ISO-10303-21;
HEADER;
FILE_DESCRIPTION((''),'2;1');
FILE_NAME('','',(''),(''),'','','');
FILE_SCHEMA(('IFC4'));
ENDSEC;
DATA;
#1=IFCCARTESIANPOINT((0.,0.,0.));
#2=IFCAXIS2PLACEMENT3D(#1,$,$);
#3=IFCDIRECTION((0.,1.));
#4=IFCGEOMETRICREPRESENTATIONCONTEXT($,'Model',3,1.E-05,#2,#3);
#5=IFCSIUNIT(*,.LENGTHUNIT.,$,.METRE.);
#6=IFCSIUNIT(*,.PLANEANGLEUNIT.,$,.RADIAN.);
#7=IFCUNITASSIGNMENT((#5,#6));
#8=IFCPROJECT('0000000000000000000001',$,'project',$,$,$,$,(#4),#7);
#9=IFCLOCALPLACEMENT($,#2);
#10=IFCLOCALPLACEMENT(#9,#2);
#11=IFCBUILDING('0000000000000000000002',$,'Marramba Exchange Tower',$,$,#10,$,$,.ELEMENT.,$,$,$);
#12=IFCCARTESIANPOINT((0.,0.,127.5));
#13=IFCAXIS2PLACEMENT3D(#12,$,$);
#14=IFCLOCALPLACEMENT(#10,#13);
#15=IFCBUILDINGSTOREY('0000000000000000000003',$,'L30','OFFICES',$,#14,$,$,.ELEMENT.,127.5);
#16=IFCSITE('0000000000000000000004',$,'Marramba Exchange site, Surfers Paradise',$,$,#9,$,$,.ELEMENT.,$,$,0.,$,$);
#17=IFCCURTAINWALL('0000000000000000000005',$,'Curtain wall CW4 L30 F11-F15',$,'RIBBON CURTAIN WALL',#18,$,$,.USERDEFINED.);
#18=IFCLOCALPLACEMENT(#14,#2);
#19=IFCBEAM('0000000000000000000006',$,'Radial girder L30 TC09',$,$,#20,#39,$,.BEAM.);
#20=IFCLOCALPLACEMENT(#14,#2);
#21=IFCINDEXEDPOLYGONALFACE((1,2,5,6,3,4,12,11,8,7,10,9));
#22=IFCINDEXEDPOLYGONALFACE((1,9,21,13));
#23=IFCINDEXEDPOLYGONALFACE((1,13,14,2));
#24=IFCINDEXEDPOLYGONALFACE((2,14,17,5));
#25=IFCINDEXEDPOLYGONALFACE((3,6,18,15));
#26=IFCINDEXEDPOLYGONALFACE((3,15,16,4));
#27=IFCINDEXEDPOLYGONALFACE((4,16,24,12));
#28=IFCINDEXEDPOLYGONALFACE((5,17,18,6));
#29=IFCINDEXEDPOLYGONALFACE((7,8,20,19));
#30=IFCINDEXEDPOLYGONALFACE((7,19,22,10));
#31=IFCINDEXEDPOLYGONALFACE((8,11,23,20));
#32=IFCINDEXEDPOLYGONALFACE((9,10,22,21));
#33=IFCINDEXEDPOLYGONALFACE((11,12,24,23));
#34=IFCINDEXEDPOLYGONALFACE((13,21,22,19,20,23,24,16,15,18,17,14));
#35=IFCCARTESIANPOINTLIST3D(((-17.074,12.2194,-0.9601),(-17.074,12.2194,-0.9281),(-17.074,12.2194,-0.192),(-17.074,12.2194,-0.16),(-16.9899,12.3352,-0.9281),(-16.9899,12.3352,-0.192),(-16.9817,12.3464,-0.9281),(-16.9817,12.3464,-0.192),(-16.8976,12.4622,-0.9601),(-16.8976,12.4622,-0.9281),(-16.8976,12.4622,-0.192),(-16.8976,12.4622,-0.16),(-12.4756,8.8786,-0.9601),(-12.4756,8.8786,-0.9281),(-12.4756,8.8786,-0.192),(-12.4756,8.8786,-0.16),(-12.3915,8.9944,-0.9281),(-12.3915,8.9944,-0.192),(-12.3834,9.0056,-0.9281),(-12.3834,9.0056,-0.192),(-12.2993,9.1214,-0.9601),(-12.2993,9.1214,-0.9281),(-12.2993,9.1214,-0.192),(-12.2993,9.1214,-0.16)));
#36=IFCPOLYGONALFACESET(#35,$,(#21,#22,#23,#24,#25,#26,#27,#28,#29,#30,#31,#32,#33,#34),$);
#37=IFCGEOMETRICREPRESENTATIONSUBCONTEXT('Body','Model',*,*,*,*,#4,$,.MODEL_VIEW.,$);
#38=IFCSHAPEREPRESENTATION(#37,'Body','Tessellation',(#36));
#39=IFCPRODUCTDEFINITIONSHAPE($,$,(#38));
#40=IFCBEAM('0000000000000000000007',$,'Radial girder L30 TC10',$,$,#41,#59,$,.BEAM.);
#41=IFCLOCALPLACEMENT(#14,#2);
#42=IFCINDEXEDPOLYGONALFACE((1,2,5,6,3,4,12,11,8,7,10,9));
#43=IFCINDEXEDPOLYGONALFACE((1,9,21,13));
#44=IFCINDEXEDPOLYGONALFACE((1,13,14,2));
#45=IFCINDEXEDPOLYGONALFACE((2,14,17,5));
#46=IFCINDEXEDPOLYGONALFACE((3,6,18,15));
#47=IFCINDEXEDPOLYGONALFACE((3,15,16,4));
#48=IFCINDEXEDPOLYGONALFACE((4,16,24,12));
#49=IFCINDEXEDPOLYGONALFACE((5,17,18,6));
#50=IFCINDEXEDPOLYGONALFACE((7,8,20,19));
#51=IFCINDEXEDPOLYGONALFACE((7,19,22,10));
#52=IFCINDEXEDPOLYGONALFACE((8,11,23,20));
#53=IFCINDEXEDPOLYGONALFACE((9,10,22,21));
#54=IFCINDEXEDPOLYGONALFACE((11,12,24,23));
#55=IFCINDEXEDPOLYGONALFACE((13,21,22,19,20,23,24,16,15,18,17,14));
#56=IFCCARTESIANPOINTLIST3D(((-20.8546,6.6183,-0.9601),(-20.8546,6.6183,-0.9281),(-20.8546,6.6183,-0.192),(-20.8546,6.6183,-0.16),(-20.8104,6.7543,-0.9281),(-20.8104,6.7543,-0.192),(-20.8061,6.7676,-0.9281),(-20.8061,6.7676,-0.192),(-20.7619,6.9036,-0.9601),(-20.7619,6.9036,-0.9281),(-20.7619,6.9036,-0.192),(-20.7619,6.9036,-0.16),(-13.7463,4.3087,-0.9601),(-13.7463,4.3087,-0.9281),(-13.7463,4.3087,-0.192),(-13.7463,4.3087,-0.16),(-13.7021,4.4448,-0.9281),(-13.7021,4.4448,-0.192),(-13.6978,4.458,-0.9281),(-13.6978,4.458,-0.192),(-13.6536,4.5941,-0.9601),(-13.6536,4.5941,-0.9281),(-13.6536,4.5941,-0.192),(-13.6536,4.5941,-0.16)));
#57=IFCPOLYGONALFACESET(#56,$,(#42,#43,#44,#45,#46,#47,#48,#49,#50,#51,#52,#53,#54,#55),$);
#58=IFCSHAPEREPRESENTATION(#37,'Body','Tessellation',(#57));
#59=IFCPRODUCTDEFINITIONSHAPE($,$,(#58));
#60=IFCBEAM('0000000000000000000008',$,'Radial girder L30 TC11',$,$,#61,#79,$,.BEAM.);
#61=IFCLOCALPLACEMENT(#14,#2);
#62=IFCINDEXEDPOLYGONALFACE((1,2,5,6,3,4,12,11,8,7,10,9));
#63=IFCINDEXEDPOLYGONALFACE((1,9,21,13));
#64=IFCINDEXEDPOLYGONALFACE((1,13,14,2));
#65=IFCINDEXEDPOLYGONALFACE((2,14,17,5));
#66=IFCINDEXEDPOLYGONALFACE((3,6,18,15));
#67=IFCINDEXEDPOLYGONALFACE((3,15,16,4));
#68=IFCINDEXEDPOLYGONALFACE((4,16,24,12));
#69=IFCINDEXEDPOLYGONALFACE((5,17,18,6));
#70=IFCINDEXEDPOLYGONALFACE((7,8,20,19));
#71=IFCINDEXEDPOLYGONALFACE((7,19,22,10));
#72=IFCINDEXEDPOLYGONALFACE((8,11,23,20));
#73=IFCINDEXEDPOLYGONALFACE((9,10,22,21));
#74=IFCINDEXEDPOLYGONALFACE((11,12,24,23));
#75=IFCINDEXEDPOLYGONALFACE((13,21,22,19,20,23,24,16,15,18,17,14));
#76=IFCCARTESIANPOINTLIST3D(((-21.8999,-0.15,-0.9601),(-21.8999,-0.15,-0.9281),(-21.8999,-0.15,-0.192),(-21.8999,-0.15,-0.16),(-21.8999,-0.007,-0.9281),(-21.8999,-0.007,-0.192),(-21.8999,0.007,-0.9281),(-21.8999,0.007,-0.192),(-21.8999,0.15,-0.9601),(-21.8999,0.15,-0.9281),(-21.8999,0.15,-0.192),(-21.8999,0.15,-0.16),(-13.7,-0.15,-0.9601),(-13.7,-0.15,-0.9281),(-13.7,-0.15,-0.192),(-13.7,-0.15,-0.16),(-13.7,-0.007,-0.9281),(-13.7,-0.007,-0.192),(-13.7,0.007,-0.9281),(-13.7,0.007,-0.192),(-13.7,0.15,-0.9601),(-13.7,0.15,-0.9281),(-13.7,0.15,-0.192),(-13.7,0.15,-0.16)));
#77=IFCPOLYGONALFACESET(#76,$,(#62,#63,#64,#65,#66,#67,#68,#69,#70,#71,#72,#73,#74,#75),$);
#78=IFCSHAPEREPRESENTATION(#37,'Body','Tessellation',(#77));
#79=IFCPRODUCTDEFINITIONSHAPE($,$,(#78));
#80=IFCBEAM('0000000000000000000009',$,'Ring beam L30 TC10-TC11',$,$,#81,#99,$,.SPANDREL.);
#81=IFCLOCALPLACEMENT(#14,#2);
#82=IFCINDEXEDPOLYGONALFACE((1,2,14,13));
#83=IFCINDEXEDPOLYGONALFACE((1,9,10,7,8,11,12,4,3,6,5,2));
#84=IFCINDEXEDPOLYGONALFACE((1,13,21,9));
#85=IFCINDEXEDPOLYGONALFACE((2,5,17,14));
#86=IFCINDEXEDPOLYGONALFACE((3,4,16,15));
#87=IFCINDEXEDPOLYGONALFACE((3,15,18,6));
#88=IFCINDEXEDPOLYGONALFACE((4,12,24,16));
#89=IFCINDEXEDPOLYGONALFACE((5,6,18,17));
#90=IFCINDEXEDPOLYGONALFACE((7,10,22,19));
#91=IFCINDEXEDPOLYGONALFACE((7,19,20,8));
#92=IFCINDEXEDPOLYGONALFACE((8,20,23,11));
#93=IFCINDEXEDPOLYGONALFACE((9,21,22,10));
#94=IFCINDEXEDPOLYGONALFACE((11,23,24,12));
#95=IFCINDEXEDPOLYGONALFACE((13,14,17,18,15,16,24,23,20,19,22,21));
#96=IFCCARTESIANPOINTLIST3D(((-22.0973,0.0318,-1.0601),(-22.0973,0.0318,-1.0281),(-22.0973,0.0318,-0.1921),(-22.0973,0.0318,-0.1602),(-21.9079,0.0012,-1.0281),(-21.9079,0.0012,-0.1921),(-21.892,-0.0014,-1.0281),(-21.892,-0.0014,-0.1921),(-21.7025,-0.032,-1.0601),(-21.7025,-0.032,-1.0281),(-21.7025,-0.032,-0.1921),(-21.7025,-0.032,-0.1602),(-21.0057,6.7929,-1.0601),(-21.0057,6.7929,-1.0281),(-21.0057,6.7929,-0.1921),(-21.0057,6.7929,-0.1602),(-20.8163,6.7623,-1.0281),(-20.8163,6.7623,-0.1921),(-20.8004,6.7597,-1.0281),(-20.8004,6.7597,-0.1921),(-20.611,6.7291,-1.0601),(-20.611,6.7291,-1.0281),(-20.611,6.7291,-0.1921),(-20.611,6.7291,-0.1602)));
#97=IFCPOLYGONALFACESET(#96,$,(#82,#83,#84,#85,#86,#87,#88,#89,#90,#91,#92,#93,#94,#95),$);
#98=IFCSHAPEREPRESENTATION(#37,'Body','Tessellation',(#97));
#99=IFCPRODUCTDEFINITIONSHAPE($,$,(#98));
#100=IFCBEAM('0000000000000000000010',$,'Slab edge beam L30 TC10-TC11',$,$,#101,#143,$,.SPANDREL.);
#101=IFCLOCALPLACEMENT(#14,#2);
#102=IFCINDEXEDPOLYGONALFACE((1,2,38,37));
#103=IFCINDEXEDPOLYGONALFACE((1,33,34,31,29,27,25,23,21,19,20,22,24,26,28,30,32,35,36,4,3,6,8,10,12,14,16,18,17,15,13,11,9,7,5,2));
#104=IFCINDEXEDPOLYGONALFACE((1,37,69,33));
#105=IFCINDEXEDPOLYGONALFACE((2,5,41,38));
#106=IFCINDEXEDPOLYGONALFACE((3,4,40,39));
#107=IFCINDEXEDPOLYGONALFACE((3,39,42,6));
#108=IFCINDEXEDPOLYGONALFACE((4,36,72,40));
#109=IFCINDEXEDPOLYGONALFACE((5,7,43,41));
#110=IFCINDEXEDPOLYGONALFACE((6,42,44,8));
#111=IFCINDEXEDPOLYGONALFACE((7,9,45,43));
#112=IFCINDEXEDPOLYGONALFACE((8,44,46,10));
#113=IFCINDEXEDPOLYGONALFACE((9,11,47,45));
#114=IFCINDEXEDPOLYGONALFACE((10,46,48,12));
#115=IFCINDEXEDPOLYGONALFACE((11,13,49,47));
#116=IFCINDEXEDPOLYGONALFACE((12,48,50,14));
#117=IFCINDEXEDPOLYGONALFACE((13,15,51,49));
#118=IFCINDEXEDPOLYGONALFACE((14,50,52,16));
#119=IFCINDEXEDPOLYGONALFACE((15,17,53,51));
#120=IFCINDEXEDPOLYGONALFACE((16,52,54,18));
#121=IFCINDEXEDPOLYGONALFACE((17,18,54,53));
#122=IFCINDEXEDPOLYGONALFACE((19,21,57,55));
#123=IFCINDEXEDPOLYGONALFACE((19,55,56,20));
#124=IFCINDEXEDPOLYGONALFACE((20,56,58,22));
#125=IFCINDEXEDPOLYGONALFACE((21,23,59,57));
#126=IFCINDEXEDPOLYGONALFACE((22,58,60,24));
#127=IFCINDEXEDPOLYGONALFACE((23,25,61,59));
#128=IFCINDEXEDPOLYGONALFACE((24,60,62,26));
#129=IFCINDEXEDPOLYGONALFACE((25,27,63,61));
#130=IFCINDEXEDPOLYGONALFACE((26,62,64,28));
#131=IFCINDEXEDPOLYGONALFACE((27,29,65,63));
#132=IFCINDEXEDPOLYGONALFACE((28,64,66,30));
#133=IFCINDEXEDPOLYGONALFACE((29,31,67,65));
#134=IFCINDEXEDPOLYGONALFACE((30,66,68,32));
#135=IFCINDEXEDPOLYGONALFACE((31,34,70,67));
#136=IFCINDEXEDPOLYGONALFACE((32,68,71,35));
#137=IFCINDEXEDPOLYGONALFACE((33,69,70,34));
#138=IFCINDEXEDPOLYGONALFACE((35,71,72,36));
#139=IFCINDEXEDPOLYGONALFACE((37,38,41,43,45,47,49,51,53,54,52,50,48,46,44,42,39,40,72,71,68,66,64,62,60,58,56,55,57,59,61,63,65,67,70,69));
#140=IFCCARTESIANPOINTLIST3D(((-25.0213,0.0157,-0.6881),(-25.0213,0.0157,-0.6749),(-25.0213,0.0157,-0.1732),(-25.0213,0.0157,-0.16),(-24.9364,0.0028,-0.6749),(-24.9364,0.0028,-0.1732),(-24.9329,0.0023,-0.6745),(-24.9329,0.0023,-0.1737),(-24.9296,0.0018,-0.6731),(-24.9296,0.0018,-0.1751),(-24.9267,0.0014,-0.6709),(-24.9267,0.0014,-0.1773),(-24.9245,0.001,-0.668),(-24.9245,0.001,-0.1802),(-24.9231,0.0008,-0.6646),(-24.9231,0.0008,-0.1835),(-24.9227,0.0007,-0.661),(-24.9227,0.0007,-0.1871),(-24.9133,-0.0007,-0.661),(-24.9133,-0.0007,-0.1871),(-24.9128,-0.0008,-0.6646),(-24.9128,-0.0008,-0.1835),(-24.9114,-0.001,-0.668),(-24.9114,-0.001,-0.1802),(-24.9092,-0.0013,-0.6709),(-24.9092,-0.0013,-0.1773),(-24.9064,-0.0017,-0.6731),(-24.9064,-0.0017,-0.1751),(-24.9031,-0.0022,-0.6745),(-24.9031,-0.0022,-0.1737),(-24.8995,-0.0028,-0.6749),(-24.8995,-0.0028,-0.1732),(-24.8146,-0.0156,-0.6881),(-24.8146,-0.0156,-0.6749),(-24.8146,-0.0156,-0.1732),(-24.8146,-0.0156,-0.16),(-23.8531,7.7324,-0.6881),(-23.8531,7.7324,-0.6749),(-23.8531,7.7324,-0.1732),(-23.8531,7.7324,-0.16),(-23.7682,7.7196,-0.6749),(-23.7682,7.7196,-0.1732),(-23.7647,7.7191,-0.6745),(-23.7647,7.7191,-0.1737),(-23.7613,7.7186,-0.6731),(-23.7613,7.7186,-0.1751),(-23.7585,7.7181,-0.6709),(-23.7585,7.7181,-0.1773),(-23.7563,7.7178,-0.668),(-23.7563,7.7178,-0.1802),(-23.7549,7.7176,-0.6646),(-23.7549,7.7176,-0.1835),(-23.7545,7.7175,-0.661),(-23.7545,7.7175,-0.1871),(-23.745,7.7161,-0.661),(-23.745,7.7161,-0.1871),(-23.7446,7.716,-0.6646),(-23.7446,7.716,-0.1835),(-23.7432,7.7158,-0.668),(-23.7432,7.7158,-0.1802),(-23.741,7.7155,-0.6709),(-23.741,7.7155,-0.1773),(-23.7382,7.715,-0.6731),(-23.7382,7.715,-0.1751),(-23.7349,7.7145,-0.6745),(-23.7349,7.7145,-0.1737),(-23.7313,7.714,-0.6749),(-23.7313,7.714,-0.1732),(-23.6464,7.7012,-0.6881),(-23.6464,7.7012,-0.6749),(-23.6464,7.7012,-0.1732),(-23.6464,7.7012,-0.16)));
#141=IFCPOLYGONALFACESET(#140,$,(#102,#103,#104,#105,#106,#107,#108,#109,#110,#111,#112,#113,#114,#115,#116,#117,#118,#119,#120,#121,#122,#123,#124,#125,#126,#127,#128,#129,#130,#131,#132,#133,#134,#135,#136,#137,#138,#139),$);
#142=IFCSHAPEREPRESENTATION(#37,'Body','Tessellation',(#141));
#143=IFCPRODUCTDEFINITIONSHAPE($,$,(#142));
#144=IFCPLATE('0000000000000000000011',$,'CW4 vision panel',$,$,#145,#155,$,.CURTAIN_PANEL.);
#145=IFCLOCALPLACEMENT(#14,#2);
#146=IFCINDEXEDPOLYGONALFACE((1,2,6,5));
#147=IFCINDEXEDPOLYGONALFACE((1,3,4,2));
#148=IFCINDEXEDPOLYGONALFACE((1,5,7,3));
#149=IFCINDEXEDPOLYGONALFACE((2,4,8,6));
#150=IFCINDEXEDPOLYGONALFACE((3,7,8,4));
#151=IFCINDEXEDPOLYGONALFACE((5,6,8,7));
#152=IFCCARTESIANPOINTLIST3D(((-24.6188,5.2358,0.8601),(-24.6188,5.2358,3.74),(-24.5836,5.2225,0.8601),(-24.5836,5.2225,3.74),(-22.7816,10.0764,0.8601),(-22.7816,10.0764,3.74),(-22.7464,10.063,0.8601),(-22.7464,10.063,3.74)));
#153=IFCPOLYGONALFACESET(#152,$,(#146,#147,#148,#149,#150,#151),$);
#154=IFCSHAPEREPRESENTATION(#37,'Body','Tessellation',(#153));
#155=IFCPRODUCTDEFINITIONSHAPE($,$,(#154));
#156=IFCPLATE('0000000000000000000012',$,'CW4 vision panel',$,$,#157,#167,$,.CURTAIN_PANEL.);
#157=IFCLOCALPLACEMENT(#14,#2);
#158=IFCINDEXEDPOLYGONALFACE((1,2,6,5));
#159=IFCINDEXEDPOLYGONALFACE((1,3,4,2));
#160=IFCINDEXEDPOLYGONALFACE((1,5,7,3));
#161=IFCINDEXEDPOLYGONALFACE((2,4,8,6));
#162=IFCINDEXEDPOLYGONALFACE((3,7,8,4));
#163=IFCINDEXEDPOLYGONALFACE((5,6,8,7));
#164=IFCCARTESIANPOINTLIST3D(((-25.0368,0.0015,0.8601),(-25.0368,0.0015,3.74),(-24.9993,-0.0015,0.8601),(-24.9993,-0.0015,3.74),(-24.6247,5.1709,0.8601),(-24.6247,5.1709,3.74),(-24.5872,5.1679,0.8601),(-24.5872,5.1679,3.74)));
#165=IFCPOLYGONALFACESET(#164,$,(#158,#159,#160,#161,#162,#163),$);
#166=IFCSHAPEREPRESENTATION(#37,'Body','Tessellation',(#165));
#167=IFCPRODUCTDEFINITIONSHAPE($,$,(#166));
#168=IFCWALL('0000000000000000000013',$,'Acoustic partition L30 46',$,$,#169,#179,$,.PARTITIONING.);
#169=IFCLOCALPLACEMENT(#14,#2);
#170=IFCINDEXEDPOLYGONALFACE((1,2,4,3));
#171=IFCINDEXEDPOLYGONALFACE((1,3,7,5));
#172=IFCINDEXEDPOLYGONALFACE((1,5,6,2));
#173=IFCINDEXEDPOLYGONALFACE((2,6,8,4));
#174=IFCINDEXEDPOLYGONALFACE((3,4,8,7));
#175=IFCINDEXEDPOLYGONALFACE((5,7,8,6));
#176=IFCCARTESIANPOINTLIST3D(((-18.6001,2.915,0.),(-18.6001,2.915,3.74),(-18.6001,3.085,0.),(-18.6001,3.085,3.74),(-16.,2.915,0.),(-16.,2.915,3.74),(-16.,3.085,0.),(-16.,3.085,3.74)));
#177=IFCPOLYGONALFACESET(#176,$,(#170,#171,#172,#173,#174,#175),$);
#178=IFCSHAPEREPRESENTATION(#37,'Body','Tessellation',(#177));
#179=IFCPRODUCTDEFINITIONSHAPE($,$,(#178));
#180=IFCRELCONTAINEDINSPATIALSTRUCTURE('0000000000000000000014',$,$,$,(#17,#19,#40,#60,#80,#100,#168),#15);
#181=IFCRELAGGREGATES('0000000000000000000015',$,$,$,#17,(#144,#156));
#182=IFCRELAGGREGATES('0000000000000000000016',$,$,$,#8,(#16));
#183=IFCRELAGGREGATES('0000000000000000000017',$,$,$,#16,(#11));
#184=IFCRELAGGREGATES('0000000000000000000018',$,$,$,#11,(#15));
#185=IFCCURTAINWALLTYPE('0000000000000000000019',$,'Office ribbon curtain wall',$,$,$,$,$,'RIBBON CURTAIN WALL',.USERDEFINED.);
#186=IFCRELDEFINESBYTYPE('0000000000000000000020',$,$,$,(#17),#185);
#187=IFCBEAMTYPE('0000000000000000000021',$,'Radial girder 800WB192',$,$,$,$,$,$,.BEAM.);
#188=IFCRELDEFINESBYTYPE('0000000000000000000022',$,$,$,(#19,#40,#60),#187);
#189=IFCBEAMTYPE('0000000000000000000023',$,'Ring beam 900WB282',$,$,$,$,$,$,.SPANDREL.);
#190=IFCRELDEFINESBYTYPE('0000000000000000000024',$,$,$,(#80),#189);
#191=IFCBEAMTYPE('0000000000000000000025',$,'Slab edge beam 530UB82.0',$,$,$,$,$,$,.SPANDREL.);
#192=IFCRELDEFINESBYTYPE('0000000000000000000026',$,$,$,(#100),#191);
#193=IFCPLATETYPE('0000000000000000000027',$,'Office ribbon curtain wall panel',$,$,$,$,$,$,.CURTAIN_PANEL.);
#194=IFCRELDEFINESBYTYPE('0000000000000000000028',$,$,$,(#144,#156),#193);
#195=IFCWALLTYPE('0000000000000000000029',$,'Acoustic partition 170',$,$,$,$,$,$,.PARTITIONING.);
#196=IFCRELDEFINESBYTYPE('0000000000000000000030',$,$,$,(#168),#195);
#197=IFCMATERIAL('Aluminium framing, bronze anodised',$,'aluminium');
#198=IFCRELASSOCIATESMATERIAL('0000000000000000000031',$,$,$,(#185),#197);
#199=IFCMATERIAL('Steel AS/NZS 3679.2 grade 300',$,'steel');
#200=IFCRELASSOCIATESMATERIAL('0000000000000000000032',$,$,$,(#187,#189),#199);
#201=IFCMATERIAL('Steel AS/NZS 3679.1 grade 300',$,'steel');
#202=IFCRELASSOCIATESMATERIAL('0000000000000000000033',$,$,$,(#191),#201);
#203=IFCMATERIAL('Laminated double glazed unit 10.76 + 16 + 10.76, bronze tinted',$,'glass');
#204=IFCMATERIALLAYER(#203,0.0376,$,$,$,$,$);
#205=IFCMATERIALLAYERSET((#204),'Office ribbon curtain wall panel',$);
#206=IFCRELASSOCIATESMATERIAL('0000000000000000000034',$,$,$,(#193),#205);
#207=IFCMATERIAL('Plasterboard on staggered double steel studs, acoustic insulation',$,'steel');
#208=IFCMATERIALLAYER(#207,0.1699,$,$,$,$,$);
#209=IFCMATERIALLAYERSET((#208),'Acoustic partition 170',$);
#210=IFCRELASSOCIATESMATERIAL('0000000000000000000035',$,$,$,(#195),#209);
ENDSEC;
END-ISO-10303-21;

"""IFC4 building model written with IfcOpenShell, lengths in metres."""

from ifc_helpers import new_model, si_unit, direction, frame, frame_2d, origin, origin_2d, place, context, subcontext, project, spatial, rectangle, i_section, extrude, material, layer, layer_set, material_profile, profile_set, type_object, element, aggregate, save


model = new_model("IFC4")

# Units and contexts
model_context = context("Model", 3, precision=1e-05, world=origin(), true_north=direction((0.0, 1.0)))
body_context = subcontext(model_context, "Body", "Model", "MODEL_VIEW")
ifc_project = project(units=[si_unit("LENGTHUNIT", "METRE"), si_unit("PLANEANGLEUNIT", "RADIAN")], contexts=[model_context])

# Site, building, storey
site_placement = place(None, origin())
site = spatial("IfcSite", under=ifc_project, at=site_placement, Name="Marramba Exchange site, Surfers Paradise", CompositionType="ELEMENT", RefElevation=0.0)
building_placement = place(site_placement, origin())
building = spatial("IfcBuilding", under=site, at=building_placement, Name="Marramba Exchange Tower", CompositionType="ELEMENT")
storey_placement = place(building_placement, frame((0.0, 0.0, 127.5)))
storey = spatial("IfcBuildingStorey", under=building, at=storey_placement, Name="L30", Description="OFFICES", CompositionType="ELEMENT", Elevation=127.5)

# Shared definitions
ifc_material_1 = material(Name="Steel AS/NZS 3679.2 grade 300", Category="steel")
ifc_material_2 = material(Name="Steel AS/NZS 3679.1 grade 300", Category="steel")

# Curtain wall
ifc_material_3 = material(Name="Aluminium framing, bronze anodised", Category="aluminium")
curtain_wall_type = type_object("IfcCurtainWallType", Name="Office ribbon curtain wall", ElementType="RIBBON CURTAIN WALL", PredefinedType="USERDEFINED", material=ifc_material_3)
curtain_wall_placement = place(storey_placement, origin())
curtain_wall = element("IfcCurtainWall", 1, at=curtain_wall_placement, inside=storey, type_object=curtain_wall_type, Name="Curtain wall CW4 L30 F11-F15", ObjectType="RIBBON CURTAIN WALL", PredefinedType="USERDEFINED")

# Beams
ifc_material_profile_1 = material_profile(ifc_material_1, i_section(OverallWidth=0.3, OverallDepth=0.8, WebThickness=0.0139, FlangeThickness=0.032, at=origin_2d()), Name="800WB192")
ifc_profile_set_1 = profile_set([ifc_material_profile_1], Name="Steel AS/NZS 3679.2 grade 300")
beam_type_1 = type_object("IfcBeamType", Name="Radial girder 800WB192", PredefinedType="BEAM", material=ifc_profile_set_1)
beam_1_placement = place(storey_placement, frame((-12.3875, 9.0, -0.5601), z_axis=(-0.809026, 0.587773, 0.0), x_axis=(-0.587773, -0.809026, 0.0)))
element("IfcBeam", 2, at=beam_1_placement, inside=storey, type_object=beam_type_1, Name="Radial girder L30 TC09", PredefinedType="BEAM", context=body_context, shape_type="SweptSolid", body=[
    extrude(i_section(OverallWidth=0.3, OverallDepth=0.8, WebThickness=0.0139, FlangeThickness=0.032, at=origin_2d()), origin(), (0.0, 0.0, 1.0), 5.6838),
])
beam_2_placement = place(storey_placement, frame((-13.7, 4.4514, -0.5601), z_axis=(-0.95106, 0.309006, 0.0), x_axis=(-0.309006, -0.95106, 0.0)))
element("IfcBeam", 3, at=beam_2_placement, inside=storey, type_object=beam_type_1, Name="Radial girder L30 TC10", PredefinedType="BEAM", context=body_context, shape_type="SweptSolid", body=[
    extrude(i_section(OverallWidth=0.3, OverallDepth=0.8, WebThickness=0.0139, FlangeThickness=0.032, at=origin_2d()), origin(), (0.0, 0.0, 1.0), 7.4741),
])
beam_3_placement = place(storey_placement, frame((-13.7, 0.0, -0.5601), z_axis=(-1.0, 0.0, 0.0), x_axis=(0.0, -1.0, 0.0)))
element("IfcBeam", 4, at=beam_3_placement, inside=storey, type_object=beam_type_1, Name="Radial girder L30 TC11", PredefinedType="BEAM", context=body_context, shape_type="SweptSolid", body=[
    extrude(i_section(OverallWidth=0.3, OverallDepth=0.8, WebThickness=0.0139, FlangeThickness=0.032, at=origin_2d()), origin(), (0.0, 0.0, 1.0), 8.2),
])
ifc_material_profile_2 = material_profile(ifc_material_1, i_section(OverallWidth=0.3999, OverallDepth=0.8999, WebThickness=0.0161, FlangeThickness=0.032, at=origin_2d()), Name="900WB282")
ifc_profile_set_2 = profile_set([ifc_material_profile_2], Name="Steel AS/NZS 3679.2 grade 300")
beam_type_2 = type_object("IfcBeamType", Name="Ring beam 900WB282", PredefinedType="SPANDREL", material=ifc_profile_set_2)
beam_4_placement = place(storey_placement, frame((-20.8083, 6.761, -0.6101), z_axis=(-0.159385, -0.987217, 0.0), x_axis=(0.987217, -0.159385, 0.0)))
element("IfcBeam", 5, at=beam_4_placement, inside=storey, type_object=beam_type_2, Name="Ring beam L30 TC10-TC11", PredefinedType="SPANDREL", context=body_context, shape_type="SweptSolid", body=[
    extrude(i_section(OverallWidth=0.3999, OverallDepth=0.8999, WebThickness=0.0161, FlangeThickness=0.032, at=origin_2d()), origin(), (0.0, 0.0, 1.0), 6.8486),
])
ifc_material_profile_3 = material_profile(ifc_material_2, i_section(OverallWidth=0.209, OverallDepth=0.5281, WebThickness=0.0095, FlangeThickness=0.0132, FilletRadius=0.0139, at=origin_2d()), Name="530UB82.0")
ifc_profile_set_3 = profile_set([ifc_material_profile_3], Name="Steel AS/NZS 3679.1 grade 300")
beam_type_3 = type_object("IfcBeamType", Name="Slab edge beam 530UB82.0", PredefinedType="SPANDREL", material=ifc_profile_set_3)
beam_5_placement = place(storey_placement, frame((-23.7498, 7.7168, -0.4241), z_axis=(-0.14968, -0.988734, 0.0), x_axis=(0.988734, -0.14968, 0.0)))
element("IfcBeam", 6, at=beam_5_placement, inside=storey, type_object=beam_type_3, Name="Slab edge beam L30 TC10-TC11", PredefinedType="SPANDREL", context=body_context, shape_type="SweptSolid", body=[
    extrude(i_section(OverallWidth=0.209, OverallDepth=0.5281, WebThickness=0.0095, FlangeThickness=0.0132, FilletRadius=0.0139, at=origin_2d()), origin(), (0.0, 0.0, 1.0), 7.8047),
])

# Plates
ifc_material_4 = material(Name="Laminated double glazed unit 10.76 + 16 + 10.76, bronze tinted", Category="glass")
ifc_layer_1 = layer(ifc_material_4, 0.0376)
ifc_layer_set_1 = layer_set([ifc_layer_1], Name="Office ribbon curtain wall panel")
plate_type = type_object("IfcPlateType", Name="Office ribbon curtain wall panel", PredefinedType="CURTAIN_PANEL", material=ifc_layer_set_1)
plate_1_placement = place(storey_placement, frame((-23.6826, 7.6494, 0.8601), z_axis=(0.0, 0.0, 1.0), x_axis=(-0.354844, -0.934925, 0.0)))
plate_1 = element("IfcPlate", 7, at=plate_1_placement, type_object=plate_type, Name="CW4 vision panel", PredefinedType="CURTAIN_PANEL", context=body_context, shape_type="SweptSolid", body=[
    extrude(rectangle(XDim=5.1775, YDim=0.0376, at=origin_2d()), origin(), (0.0, 0.0, 1.0), 2.8799),
])
plate_2_placement = place(storey_placement, frame((-24.812, 2.5847, 0.8601), z_axis=(0.0, 0.0, 1.0), x_axis=(-0.07946, -0.996838, 0.0)))
plate_2 = element("IfcPlate", 8, at=plate_2_placement, type_object=plate_type, Name="CW4 vision panel", PredefinedType="CURTAIN_PANEL", context=body_context, shape_type="SweptSolid", body=[
    extrude(rectangle(XDim=5.1858, YDim=0.0376, at=origin_2d()), origin(), (0.0, 0.0, 1.0), 2.8799),
])
aggregate(curtain_wall, [plate_1, plate_2])

# Wall
ifc_material_5 = material(Name="Plasterboard on staggered double steel studs, acoustic insulation", Category="steel")
ifc_layer_2 = layer(ifc_material_5, 0.1699)
ifc_layer_set_2 = layer_set([ifc_layer_2], Name="Acoustic partition 170")
wall_type_1 = type_object("IfcWallType", Name="Acoustic partition 170", PredefinedType="PARTITIONING", material=ifc_layer_set_2)
wall_1_placement = place(storey_placement, frame((-18.6001, 3.0, 0.0), z_axis=(0.0, 0.0, 1.0), x_axis=(1.0, 0.0, 0.0)))
element("IfcWall", 9, at=wall_1_placement, inside=storey, type_object=wall_type_1, Name="Acoustic partition L30 46", PredefinedType="PARTITIONING", context=body_context, shape_type="SweptSolid", body=[
    extrude(rectangle(XDim=2.6001, YDim=0.1699, at=frame_2d((1.3, 0.0))), origin(), (0.0, 0.0, 1.0), 3.74),
])

save(model, "model.ifc")
